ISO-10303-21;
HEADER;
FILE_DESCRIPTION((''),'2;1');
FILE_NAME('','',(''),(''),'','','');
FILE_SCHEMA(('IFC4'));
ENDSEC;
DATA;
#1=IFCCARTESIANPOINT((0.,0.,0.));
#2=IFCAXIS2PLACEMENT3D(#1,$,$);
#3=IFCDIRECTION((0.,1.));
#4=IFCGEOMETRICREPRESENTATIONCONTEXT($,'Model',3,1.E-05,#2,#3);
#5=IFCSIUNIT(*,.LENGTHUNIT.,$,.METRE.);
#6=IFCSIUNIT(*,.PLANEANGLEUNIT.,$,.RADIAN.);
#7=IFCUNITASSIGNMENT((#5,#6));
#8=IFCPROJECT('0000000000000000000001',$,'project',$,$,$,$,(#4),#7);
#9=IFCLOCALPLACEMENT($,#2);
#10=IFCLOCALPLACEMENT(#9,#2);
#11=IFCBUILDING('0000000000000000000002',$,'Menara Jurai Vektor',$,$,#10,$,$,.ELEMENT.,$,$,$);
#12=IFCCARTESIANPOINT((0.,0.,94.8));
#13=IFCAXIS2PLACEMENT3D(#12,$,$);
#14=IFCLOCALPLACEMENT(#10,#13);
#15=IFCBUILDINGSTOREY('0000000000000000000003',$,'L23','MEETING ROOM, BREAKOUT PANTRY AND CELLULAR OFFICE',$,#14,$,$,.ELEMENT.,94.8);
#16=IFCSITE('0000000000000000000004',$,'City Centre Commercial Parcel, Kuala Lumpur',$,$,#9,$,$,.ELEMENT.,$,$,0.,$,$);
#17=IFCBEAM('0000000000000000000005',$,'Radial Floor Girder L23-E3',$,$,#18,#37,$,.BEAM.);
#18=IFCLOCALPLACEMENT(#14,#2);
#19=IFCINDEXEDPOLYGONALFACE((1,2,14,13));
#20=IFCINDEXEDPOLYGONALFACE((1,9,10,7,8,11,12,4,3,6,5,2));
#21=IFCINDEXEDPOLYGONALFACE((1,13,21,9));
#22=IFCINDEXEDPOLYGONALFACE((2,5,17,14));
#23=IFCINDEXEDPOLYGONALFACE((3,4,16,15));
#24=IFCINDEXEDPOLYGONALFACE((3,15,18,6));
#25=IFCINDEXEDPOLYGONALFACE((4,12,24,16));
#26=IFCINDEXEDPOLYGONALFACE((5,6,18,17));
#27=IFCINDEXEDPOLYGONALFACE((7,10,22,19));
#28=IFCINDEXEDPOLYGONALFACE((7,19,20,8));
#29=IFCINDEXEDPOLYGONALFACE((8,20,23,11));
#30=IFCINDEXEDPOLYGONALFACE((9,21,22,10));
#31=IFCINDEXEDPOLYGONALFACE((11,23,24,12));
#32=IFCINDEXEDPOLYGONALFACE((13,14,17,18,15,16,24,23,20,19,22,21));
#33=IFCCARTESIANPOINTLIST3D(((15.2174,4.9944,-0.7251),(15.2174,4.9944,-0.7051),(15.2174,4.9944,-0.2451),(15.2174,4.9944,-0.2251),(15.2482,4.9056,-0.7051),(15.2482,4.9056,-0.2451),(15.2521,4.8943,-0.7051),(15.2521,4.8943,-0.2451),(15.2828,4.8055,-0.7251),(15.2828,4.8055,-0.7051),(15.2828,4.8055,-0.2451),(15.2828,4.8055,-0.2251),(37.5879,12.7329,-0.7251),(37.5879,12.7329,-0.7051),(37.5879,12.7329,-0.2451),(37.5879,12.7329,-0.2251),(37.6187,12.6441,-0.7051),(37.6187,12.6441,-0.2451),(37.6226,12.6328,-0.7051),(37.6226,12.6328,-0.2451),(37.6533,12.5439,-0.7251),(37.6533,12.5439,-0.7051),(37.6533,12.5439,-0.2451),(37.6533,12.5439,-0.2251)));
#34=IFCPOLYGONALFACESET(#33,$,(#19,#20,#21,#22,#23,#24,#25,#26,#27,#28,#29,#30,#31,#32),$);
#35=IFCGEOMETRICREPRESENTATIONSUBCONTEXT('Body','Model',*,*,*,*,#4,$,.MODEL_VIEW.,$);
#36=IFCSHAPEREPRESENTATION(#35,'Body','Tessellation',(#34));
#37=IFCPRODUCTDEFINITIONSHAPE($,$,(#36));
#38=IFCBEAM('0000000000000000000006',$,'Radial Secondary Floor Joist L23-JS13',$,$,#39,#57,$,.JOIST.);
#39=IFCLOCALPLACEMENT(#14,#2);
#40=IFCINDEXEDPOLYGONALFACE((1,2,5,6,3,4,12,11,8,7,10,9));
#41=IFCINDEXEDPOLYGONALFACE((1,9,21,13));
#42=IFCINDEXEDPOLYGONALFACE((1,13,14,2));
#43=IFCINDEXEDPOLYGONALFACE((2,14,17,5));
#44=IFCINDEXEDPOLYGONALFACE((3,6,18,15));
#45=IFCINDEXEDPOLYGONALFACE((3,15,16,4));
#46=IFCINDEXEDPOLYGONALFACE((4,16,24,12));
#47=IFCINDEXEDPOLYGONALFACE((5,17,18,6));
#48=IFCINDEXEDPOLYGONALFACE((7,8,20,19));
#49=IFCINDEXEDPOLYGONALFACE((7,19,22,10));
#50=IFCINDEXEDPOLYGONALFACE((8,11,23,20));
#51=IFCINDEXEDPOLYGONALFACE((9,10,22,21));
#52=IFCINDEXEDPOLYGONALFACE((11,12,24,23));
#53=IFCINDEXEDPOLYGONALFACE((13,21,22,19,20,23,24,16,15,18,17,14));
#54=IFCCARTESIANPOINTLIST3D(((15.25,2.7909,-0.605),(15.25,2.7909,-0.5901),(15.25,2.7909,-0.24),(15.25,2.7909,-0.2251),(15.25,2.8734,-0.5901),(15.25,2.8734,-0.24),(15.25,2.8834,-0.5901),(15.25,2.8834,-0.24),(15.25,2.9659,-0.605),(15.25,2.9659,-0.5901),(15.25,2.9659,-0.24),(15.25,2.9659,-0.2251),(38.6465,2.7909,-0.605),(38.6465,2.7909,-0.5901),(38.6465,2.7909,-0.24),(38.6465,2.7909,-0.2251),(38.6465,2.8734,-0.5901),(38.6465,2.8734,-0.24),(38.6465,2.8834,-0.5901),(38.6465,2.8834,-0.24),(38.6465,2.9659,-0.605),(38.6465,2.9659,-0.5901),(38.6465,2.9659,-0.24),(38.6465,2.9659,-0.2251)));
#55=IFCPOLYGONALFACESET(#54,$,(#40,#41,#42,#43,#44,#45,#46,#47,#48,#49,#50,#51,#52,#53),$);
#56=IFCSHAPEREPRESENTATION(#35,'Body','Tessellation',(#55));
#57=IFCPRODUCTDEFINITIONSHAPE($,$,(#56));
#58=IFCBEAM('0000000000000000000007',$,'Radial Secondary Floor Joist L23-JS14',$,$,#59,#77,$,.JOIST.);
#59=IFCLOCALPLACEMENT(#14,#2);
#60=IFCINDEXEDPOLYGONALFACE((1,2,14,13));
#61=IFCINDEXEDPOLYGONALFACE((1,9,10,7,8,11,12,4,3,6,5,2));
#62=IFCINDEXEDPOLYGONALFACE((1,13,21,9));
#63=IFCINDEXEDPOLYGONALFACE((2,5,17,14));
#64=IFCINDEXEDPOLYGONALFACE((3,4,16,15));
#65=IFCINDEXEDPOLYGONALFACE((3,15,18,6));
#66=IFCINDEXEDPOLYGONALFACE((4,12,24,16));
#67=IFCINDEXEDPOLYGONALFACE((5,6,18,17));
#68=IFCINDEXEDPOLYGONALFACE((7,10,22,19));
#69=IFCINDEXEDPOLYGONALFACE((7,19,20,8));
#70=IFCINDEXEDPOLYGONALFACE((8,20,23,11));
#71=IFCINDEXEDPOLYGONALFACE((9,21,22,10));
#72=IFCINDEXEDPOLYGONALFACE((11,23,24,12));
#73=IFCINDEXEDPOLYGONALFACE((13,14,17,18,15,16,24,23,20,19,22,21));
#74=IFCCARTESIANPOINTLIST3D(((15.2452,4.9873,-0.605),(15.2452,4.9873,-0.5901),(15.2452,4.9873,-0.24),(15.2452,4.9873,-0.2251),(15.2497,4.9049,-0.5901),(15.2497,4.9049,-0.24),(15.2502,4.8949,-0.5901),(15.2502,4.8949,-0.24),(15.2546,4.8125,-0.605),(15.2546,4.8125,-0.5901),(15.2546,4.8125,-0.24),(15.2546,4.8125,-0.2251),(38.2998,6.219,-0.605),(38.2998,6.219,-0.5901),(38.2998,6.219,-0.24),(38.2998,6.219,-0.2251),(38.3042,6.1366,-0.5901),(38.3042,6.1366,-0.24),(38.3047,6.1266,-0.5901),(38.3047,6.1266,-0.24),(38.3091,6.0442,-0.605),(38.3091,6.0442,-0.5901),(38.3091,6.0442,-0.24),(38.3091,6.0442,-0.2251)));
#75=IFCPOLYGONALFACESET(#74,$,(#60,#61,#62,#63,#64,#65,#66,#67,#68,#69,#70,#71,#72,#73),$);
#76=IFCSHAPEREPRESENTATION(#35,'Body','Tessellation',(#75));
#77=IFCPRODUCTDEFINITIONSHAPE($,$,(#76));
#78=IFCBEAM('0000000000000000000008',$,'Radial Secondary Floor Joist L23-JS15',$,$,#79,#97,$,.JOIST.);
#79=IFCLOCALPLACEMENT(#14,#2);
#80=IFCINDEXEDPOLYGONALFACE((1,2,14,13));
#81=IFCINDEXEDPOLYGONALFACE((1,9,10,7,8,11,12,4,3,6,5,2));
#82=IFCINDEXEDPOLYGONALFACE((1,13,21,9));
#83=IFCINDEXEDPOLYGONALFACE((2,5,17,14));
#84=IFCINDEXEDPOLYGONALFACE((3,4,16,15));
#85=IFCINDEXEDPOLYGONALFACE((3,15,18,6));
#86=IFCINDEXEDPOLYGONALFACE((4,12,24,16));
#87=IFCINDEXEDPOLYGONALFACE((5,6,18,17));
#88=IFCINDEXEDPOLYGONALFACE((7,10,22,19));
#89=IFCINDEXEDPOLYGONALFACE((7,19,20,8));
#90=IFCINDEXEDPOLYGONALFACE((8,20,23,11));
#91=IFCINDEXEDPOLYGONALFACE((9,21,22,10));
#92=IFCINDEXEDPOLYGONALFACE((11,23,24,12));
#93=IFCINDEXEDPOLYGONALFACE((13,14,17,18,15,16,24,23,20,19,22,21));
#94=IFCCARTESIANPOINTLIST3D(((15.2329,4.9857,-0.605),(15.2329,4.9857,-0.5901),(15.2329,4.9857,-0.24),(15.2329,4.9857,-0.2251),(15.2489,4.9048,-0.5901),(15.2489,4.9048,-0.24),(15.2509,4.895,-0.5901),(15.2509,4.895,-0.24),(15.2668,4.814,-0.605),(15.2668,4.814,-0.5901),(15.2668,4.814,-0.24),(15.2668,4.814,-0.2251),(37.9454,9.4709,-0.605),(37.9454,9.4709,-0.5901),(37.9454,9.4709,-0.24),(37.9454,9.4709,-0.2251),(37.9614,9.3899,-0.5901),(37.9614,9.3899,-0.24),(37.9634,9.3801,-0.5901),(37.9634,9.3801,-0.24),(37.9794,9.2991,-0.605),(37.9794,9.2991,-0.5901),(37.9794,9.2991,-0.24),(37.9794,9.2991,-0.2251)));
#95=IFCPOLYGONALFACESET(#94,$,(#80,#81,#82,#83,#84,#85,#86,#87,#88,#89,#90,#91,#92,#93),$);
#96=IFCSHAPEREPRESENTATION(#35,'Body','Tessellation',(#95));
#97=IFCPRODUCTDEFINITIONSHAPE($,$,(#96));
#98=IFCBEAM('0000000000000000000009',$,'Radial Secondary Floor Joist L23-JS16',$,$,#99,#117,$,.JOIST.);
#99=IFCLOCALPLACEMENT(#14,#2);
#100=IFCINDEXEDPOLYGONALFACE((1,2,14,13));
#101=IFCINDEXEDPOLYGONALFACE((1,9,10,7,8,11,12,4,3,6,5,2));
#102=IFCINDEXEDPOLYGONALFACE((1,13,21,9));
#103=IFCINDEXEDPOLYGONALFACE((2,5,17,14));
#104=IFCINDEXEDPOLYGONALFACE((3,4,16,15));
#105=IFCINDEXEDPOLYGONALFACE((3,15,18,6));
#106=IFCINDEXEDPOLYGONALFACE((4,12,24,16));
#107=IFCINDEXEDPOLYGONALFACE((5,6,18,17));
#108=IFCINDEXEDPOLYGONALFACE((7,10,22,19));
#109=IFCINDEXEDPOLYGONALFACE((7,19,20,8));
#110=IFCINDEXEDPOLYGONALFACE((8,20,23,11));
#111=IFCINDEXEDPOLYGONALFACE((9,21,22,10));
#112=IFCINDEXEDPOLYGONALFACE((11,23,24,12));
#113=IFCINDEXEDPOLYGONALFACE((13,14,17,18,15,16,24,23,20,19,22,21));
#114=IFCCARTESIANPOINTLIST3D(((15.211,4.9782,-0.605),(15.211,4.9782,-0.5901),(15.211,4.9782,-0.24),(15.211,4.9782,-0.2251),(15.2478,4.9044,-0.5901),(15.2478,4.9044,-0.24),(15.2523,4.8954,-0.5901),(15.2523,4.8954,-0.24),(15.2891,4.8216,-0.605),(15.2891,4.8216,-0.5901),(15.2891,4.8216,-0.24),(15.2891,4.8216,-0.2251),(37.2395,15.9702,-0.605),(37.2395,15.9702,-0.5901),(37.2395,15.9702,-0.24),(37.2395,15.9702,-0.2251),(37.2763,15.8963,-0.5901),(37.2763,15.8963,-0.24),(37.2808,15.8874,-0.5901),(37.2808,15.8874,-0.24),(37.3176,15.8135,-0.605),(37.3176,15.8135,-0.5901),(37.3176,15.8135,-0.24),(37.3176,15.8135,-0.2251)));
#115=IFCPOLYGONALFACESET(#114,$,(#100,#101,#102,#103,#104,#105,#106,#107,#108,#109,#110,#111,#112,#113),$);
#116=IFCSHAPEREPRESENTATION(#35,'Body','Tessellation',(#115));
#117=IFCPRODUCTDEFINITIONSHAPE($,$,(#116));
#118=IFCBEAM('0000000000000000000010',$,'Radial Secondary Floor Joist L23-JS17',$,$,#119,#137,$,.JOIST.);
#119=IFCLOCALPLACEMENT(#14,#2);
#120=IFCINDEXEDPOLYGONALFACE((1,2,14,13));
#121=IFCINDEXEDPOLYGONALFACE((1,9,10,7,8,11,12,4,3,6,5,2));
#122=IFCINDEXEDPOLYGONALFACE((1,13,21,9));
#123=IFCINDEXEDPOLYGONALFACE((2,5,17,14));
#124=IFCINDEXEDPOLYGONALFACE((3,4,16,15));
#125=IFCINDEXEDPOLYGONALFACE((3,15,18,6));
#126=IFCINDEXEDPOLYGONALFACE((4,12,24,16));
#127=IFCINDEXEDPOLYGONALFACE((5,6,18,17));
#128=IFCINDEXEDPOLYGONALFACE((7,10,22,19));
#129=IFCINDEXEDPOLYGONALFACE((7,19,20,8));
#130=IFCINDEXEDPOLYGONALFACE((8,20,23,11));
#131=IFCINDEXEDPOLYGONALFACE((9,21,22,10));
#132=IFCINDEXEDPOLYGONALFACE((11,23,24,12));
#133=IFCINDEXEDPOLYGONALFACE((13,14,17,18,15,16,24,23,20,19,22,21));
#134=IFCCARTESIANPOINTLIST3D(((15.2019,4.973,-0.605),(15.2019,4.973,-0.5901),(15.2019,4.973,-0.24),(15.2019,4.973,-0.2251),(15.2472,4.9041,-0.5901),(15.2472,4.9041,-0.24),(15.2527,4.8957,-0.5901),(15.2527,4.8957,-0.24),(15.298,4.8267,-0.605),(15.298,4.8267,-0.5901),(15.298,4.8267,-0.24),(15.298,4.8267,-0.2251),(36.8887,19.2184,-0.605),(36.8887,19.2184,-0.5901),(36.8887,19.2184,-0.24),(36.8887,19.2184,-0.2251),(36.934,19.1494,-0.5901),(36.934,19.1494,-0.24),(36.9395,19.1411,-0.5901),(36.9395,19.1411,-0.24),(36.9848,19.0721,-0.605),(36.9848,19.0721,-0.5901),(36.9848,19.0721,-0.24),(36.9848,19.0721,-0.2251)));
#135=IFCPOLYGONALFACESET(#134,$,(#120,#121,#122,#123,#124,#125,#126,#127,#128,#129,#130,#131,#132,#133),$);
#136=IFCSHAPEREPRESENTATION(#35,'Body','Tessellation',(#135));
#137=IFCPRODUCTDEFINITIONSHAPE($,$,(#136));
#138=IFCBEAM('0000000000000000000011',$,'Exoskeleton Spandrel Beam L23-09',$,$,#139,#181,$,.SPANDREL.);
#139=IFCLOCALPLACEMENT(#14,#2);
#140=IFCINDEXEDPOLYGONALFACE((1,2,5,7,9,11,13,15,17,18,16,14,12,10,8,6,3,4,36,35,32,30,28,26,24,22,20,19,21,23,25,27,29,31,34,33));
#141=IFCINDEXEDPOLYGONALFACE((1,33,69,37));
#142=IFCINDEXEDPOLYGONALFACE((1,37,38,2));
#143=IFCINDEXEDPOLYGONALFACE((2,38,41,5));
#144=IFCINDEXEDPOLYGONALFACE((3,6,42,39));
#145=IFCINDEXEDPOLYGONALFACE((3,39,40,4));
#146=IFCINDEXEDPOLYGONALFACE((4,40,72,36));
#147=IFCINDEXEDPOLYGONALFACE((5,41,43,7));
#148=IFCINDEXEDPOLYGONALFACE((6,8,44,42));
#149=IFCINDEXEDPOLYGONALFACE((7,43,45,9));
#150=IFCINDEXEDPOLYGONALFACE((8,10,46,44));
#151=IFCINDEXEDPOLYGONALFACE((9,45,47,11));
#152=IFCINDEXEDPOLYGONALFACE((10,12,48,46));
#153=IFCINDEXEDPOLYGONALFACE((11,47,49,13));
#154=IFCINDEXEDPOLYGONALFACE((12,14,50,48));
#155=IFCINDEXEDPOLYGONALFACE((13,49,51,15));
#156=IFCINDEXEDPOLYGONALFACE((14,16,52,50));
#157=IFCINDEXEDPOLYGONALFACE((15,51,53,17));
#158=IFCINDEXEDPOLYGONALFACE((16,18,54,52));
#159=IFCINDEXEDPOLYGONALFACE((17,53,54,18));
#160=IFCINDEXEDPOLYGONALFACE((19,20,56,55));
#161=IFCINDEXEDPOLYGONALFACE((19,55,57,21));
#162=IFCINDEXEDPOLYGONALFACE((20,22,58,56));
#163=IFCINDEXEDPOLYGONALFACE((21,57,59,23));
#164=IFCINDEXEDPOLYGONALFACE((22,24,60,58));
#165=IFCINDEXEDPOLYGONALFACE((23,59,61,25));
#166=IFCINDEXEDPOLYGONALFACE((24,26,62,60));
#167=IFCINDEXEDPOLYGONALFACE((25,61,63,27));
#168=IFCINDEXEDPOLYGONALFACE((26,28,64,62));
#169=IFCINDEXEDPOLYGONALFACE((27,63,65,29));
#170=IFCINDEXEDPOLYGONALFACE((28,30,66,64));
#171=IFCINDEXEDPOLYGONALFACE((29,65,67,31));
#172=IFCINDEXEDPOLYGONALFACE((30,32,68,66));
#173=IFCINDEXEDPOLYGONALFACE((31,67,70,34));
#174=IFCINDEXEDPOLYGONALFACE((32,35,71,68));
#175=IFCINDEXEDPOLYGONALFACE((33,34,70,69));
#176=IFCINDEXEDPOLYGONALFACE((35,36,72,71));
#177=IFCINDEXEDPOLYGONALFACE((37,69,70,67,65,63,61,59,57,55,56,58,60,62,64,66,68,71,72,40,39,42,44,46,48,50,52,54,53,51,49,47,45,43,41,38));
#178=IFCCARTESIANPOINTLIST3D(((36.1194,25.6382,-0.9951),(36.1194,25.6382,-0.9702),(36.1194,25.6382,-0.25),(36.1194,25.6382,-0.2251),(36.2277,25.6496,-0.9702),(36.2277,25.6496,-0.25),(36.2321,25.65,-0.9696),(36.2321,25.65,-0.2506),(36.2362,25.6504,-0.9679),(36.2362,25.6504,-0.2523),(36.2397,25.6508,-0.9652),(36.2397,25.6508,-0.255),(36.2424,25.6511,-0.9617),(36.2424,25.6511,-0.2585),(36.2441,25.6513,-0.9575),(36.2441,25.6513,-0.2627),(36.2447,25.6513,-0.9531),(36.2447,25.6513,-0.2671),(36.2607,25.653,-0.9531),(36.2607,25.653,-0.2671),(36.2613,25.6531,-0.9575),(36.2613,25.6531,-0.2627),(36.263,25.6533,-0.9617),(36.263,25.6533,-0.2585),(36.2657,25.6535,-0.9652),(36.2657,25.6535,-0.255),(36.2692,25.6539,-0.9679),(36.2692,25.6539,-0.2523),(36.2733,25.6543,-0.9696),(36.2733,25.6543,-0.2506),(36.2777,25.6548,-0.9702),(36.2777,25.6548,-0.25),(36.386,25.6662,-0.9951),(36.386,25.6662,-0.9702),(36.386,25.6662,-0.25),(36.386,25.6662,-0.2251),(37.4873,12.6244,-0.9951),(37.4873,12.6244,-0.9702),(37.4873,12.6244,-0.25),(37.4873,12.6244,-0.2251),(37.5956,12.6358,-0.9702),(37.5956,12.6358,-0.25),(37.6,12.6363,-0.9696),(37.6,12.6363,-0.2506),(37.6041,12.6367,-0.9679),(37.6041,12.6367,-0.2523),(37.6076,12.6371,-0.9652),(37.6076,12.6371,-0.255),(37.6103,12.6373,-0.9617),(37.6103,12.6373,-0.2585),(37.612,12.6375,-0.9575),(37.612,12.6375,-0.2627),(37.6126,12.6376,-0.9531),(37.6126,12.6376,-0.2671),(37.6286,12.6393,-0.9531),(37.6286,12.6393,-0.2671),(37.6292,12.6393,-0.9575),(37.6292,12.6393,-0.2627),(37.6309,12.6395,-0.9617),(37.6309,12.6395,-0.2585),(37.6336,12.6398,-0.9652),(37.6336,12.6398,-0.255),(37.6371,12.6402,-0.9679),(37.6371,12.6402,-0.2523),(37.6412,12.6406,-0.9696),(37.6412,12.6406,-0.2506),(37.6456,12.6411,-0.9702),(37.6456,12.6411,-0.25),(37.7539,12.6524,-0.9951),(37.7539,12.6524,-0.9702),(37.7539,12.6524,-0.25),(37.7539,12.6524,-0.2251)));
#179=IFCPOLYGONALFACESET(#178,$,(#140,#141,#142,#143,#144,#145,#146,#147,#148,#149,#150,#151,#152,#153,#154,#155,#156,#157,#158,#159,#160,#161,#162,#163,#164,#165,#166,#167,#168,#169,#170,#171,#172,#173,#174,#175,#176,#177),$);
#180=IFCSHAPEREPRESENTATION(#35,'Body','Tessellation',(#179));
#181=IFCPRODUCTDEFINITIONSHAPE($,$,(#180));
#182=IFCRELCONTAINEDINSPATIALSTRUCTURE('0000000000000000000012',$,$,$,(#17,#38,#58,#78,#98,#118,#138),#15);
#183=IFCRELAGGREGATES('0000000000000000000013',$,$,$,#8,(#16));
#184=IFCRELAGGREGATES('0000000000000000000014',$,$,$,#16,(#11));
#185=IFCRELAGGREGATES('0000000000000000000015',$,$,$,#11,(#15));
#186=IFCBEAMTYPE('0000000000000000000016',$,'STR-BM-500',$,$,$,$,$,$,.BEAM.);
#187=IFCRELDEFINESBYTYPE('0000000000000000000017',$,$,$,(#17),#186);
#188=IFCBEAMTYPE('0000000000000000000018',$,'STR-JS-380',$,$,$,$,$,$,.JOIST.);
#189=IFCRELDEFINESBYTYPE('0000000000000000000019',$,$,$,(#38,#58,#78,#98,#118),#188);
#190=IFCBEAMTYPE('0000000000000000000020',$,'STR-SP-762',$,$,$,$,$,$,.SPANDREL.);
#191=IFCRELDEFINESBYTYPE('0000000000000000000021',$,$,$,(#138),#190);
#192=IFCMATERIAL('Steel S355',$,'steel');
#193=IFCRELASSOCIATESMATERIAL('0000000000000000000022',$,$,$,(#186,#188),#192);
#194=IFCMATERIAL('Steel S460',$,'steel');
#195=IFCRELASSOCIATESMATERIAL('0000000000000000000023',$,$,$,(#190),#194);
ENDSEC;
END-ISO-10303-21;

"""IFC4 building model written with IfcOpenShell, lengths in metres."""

from ifc_helpers import new_model, si_unit, direction, frame, origin, origin_2d, place, context, subcontext, project, spatial, i_section, extrude, material, material_profile, profile_set, type_object, element, save


model = new_model("IFC4")

# Units and contexts
model_context = context("Model", 3, precision=1e-05, world=origin(), true_north=direction((0.0, 1.0)))
body_context = subcontext(model_context, "Body", "Model", "MODEL_VIEW")
ifc_project = project(units=[si_unit("LENGTHUNIT", "METRE"), si_unit("PLANEANGLEUNIT", "RADIAN")], contexts=[model_context])

# Site, building, storey
site_placement = place(None, origin())
site = spatial("IfcSite", under=ifc_project, at=site_placement, Name="City Centre Commercial Parcel, Kuala Lumpur", CompositionType="ELEMENT", RefElevation=0.0)
building_placement = place(site_placement, origin())
building = spatial("IfcBuilding", under=site, at=building_placement, Name="Menara Jurai Vektor", CompositionType="ELEMENT")
storey_placement = place(building_placement, frame((0.0, 0.0, 94.8)))
storey = spatial("IfcBuildingStorey", under=building, at=storey_placement, Name="L23", Description="MEETING ROOM, BREAKOUT PANTRY AND CELLULAR OFFICE", CompositionType="ELEMENT", Elevation=94.8)

# Shared definitions
ifc_material_1 = material(Name="Steel S460", Category="steel")

# Beams
ifc_material_2 = material(Name="Steel S355", Category="steel")
ifc_material_profile_1 = material_profile(ifc_material_2, i_section(OverallWidth=0.2, OverallDepth=0.5, WebThickness=0.012, FlangeThickness=0.02, at=origin_2d()), Name="PG 500x200x96")
ifc_profile_set_1 = profile_set([ifc_material_profile_1], Name="Steel S355")
beam_type_1 = type_object("IfcBeamType", Name="STR-BM-500", PredefinedType="BEAM", material=ifc_profile_set_1)
beam_1_placement = place(storey_placement, frame((37.6206, 12.6384, -0.4751), z_axis=(-0.945053, -0.326916, 0.0), x_axis=(0.326916, -0.945053, 0.0)))
element("IfcBeam", 1, at=beam_1_placement, inside=storey, type_object=beam_type_1, Name="Radial Floor Girder L23-E3", PredefinedType="BEAM", context=body_context, shape_type="SweptSolid", body=[
    extrude(i_section(OverallWidth=0.2, OverallDepth=0.5, WebThickness=0.012, FlangeThickness=0.02, at=origin_2d()), origin(), (0.0, 0.0, 1.0), 23.6711),
])
ifc_material_profile_2 = material_profile(ifc_material_2, i_section(OverallWidth=0.175, OverallDepth=0.3799, WebThickness=0.01, FlangeThickness=0.0149, at=origin_2d()), Name="PG 380x175x58")
ifc_profile_set_2 = profile_set([ifc_material_profile_2], Name="Steel S355")
beam_type_2 = type_object("IfcBeamType", Name="STR-JS-380", PredefinedType="JOIST", material=ifc_profile_set_2)
beam_2_placement = place(storey_placement, frame((38.6465, 2.8784, -0.415), z_axis=(-1.0, 0.0, 0.0), x_axis=(0.0, -1.0, 0.0)))
element("IfcBeam", 2, at=beam_2_placement, inside=storey, type_object=beam_type_2, Name="Radial Secondary Floor Joist L23-JS13", PredefinedType="JOIST", context=body_context, shape_type="SweptSolid", body=[
    extrude(i_section(OverallWidth=0.175, OverallDepth=0.3799, WebThickness=0.01, FlangeThickness=0.0149, at=origin_2d()), origin(), (0.0, 0.0, 1.0), 23.3965),
])
beam_3_placement = place(storey_placement, frame((38.3044, 6.1316, -0.415), z_axis=(-0.998576, -0.053349, 0.0), x_axis=(0.053349, -0.998576, 0.0)))
element("IfcBeam", 3, at=beam_3_placement, inside=storey, type_object=beam_type_2, Name="Radial Secondary Floor Joist L23-JS14", PredefinedType="JOIST", context=body_context, shape_type="SweptSolid", body=[
    extrude(i_section(OverallWidth=0.175, OverallDepth=0.3799, WebThickness=0.01, FlangeThickness=0.0149, at=origin_2d()), origin(), (0.0, 0.0, 1.0), 23.0874),
])
beam_4_placement = place(storey_placement, frame((37.9624, 9.385, -0.415), z_axis=(-0.981054, -0.193733, 0.0), x_axis=(0.193733, -0.981054, 0.0)))
element("IfcBeam", 4, at=beam_4_placement, inside=storey, type_object=beam_type_2, Name="Radial Secondary Floor Joist L23-JS15", PredefinedType="JOIST", context=body_context, shape_type="SweptSolid", body=[
    extrude(i_section(OverallWidth=0.175, OverallDepth=0.3799, WebThickness=0.01, FlangeThickness=0.0149, at=origin_2d()), origin(), (0.0, 0.0, 1.0), 23.1511),
])
beam_5_placement = place(storey_placement, frame((37.2786, 15.8918, -0.415), z_axis=(-0.89479, -0.446488, 0.0), x_axis=(0.446488, -0.89479, 0.0)))
element("IfcBeam", 5, at=beam_5_placement, inside=storey, type_object=beam_type_2, Name="Radial Secondary Floor Joist L23-JS16", PredefinedType="JOIST", context=body_context, shape_type="SweptSolid", body=[
    extrude(i_section(OverallWidth=0.175, OverallDepth=0.3799, WebThickness=0.01, FlangeThickness=0.0149, at=origin_2d()), origin(), (0.0, 0.0, 1.0), 24.6187),
])
beam_6_placement = place(storey_placement, frame((36.9368, 19.1453, -0.415), z_axis=(-0.835811, -0.549018, 0.0), x_axis=(0.549018, -0.835811, 0.0)))
element("IfcBeam", 6, at=beam_6_placement, inside=storey, type_object=beam_type_2, Name="Radial Secondary Floor Joist L23-JS17", PredefinedType="JOIST", context=body_context, shape_type="SweptSolid", body=[
    extrude(i_section(OverallWidth=0.175, OverallDepth=0.3799, WebThickness=0.01, FlangeThickness=0.0149, at=origin_2d()), origin(), (0.0, 0.0, 1.0), 25.947),
])
ifc_material_profile_3 = material_profile(ifc_material_1, i_section(OverallWidth=0.2681, OverallDepth=0.77, WebThickness=0.0161, FlangeThickness=0.0249, FilletRadius=0.0171, at=origin_2d()), Name="UKB 762x267x197")
ifc_profile_set_3 = profile_set([ifc_material_profile_3], Name="Steel S460")
beam_type_3 = type_object("IfcBeamType", Name="STR-SP-762", PredefinedType="SPANDREL", material=ifc_profile_set_3)
beam_7_placement = place(storey_placement, frame((37.6206, 12.6384, -0.6101), z_axis=(-0.104538, 0.994521, 0.0), x_axis=(-0.994521, -0.104538, 0.0)))
element("IfcBeam", 7, at=beam_7_placement, inside=storey, type_object=beam_type_3, Name="Exoskeleton Spandrel Beam L23-09", PredefinedType="SPANDREL", context=body_context, shape_type="SweptSolid", body=[
    extrude(i_section(OverallWidth=0.2681, OverallDepth=0.77, WebThickness=0.0161, FlangeThickness=0.0249, FilletRadius=0.0171, at=origin_2d()), origin(), (0.0, 0.0, 1.0), 13.0854),
])

save(model, "model.ifc")
